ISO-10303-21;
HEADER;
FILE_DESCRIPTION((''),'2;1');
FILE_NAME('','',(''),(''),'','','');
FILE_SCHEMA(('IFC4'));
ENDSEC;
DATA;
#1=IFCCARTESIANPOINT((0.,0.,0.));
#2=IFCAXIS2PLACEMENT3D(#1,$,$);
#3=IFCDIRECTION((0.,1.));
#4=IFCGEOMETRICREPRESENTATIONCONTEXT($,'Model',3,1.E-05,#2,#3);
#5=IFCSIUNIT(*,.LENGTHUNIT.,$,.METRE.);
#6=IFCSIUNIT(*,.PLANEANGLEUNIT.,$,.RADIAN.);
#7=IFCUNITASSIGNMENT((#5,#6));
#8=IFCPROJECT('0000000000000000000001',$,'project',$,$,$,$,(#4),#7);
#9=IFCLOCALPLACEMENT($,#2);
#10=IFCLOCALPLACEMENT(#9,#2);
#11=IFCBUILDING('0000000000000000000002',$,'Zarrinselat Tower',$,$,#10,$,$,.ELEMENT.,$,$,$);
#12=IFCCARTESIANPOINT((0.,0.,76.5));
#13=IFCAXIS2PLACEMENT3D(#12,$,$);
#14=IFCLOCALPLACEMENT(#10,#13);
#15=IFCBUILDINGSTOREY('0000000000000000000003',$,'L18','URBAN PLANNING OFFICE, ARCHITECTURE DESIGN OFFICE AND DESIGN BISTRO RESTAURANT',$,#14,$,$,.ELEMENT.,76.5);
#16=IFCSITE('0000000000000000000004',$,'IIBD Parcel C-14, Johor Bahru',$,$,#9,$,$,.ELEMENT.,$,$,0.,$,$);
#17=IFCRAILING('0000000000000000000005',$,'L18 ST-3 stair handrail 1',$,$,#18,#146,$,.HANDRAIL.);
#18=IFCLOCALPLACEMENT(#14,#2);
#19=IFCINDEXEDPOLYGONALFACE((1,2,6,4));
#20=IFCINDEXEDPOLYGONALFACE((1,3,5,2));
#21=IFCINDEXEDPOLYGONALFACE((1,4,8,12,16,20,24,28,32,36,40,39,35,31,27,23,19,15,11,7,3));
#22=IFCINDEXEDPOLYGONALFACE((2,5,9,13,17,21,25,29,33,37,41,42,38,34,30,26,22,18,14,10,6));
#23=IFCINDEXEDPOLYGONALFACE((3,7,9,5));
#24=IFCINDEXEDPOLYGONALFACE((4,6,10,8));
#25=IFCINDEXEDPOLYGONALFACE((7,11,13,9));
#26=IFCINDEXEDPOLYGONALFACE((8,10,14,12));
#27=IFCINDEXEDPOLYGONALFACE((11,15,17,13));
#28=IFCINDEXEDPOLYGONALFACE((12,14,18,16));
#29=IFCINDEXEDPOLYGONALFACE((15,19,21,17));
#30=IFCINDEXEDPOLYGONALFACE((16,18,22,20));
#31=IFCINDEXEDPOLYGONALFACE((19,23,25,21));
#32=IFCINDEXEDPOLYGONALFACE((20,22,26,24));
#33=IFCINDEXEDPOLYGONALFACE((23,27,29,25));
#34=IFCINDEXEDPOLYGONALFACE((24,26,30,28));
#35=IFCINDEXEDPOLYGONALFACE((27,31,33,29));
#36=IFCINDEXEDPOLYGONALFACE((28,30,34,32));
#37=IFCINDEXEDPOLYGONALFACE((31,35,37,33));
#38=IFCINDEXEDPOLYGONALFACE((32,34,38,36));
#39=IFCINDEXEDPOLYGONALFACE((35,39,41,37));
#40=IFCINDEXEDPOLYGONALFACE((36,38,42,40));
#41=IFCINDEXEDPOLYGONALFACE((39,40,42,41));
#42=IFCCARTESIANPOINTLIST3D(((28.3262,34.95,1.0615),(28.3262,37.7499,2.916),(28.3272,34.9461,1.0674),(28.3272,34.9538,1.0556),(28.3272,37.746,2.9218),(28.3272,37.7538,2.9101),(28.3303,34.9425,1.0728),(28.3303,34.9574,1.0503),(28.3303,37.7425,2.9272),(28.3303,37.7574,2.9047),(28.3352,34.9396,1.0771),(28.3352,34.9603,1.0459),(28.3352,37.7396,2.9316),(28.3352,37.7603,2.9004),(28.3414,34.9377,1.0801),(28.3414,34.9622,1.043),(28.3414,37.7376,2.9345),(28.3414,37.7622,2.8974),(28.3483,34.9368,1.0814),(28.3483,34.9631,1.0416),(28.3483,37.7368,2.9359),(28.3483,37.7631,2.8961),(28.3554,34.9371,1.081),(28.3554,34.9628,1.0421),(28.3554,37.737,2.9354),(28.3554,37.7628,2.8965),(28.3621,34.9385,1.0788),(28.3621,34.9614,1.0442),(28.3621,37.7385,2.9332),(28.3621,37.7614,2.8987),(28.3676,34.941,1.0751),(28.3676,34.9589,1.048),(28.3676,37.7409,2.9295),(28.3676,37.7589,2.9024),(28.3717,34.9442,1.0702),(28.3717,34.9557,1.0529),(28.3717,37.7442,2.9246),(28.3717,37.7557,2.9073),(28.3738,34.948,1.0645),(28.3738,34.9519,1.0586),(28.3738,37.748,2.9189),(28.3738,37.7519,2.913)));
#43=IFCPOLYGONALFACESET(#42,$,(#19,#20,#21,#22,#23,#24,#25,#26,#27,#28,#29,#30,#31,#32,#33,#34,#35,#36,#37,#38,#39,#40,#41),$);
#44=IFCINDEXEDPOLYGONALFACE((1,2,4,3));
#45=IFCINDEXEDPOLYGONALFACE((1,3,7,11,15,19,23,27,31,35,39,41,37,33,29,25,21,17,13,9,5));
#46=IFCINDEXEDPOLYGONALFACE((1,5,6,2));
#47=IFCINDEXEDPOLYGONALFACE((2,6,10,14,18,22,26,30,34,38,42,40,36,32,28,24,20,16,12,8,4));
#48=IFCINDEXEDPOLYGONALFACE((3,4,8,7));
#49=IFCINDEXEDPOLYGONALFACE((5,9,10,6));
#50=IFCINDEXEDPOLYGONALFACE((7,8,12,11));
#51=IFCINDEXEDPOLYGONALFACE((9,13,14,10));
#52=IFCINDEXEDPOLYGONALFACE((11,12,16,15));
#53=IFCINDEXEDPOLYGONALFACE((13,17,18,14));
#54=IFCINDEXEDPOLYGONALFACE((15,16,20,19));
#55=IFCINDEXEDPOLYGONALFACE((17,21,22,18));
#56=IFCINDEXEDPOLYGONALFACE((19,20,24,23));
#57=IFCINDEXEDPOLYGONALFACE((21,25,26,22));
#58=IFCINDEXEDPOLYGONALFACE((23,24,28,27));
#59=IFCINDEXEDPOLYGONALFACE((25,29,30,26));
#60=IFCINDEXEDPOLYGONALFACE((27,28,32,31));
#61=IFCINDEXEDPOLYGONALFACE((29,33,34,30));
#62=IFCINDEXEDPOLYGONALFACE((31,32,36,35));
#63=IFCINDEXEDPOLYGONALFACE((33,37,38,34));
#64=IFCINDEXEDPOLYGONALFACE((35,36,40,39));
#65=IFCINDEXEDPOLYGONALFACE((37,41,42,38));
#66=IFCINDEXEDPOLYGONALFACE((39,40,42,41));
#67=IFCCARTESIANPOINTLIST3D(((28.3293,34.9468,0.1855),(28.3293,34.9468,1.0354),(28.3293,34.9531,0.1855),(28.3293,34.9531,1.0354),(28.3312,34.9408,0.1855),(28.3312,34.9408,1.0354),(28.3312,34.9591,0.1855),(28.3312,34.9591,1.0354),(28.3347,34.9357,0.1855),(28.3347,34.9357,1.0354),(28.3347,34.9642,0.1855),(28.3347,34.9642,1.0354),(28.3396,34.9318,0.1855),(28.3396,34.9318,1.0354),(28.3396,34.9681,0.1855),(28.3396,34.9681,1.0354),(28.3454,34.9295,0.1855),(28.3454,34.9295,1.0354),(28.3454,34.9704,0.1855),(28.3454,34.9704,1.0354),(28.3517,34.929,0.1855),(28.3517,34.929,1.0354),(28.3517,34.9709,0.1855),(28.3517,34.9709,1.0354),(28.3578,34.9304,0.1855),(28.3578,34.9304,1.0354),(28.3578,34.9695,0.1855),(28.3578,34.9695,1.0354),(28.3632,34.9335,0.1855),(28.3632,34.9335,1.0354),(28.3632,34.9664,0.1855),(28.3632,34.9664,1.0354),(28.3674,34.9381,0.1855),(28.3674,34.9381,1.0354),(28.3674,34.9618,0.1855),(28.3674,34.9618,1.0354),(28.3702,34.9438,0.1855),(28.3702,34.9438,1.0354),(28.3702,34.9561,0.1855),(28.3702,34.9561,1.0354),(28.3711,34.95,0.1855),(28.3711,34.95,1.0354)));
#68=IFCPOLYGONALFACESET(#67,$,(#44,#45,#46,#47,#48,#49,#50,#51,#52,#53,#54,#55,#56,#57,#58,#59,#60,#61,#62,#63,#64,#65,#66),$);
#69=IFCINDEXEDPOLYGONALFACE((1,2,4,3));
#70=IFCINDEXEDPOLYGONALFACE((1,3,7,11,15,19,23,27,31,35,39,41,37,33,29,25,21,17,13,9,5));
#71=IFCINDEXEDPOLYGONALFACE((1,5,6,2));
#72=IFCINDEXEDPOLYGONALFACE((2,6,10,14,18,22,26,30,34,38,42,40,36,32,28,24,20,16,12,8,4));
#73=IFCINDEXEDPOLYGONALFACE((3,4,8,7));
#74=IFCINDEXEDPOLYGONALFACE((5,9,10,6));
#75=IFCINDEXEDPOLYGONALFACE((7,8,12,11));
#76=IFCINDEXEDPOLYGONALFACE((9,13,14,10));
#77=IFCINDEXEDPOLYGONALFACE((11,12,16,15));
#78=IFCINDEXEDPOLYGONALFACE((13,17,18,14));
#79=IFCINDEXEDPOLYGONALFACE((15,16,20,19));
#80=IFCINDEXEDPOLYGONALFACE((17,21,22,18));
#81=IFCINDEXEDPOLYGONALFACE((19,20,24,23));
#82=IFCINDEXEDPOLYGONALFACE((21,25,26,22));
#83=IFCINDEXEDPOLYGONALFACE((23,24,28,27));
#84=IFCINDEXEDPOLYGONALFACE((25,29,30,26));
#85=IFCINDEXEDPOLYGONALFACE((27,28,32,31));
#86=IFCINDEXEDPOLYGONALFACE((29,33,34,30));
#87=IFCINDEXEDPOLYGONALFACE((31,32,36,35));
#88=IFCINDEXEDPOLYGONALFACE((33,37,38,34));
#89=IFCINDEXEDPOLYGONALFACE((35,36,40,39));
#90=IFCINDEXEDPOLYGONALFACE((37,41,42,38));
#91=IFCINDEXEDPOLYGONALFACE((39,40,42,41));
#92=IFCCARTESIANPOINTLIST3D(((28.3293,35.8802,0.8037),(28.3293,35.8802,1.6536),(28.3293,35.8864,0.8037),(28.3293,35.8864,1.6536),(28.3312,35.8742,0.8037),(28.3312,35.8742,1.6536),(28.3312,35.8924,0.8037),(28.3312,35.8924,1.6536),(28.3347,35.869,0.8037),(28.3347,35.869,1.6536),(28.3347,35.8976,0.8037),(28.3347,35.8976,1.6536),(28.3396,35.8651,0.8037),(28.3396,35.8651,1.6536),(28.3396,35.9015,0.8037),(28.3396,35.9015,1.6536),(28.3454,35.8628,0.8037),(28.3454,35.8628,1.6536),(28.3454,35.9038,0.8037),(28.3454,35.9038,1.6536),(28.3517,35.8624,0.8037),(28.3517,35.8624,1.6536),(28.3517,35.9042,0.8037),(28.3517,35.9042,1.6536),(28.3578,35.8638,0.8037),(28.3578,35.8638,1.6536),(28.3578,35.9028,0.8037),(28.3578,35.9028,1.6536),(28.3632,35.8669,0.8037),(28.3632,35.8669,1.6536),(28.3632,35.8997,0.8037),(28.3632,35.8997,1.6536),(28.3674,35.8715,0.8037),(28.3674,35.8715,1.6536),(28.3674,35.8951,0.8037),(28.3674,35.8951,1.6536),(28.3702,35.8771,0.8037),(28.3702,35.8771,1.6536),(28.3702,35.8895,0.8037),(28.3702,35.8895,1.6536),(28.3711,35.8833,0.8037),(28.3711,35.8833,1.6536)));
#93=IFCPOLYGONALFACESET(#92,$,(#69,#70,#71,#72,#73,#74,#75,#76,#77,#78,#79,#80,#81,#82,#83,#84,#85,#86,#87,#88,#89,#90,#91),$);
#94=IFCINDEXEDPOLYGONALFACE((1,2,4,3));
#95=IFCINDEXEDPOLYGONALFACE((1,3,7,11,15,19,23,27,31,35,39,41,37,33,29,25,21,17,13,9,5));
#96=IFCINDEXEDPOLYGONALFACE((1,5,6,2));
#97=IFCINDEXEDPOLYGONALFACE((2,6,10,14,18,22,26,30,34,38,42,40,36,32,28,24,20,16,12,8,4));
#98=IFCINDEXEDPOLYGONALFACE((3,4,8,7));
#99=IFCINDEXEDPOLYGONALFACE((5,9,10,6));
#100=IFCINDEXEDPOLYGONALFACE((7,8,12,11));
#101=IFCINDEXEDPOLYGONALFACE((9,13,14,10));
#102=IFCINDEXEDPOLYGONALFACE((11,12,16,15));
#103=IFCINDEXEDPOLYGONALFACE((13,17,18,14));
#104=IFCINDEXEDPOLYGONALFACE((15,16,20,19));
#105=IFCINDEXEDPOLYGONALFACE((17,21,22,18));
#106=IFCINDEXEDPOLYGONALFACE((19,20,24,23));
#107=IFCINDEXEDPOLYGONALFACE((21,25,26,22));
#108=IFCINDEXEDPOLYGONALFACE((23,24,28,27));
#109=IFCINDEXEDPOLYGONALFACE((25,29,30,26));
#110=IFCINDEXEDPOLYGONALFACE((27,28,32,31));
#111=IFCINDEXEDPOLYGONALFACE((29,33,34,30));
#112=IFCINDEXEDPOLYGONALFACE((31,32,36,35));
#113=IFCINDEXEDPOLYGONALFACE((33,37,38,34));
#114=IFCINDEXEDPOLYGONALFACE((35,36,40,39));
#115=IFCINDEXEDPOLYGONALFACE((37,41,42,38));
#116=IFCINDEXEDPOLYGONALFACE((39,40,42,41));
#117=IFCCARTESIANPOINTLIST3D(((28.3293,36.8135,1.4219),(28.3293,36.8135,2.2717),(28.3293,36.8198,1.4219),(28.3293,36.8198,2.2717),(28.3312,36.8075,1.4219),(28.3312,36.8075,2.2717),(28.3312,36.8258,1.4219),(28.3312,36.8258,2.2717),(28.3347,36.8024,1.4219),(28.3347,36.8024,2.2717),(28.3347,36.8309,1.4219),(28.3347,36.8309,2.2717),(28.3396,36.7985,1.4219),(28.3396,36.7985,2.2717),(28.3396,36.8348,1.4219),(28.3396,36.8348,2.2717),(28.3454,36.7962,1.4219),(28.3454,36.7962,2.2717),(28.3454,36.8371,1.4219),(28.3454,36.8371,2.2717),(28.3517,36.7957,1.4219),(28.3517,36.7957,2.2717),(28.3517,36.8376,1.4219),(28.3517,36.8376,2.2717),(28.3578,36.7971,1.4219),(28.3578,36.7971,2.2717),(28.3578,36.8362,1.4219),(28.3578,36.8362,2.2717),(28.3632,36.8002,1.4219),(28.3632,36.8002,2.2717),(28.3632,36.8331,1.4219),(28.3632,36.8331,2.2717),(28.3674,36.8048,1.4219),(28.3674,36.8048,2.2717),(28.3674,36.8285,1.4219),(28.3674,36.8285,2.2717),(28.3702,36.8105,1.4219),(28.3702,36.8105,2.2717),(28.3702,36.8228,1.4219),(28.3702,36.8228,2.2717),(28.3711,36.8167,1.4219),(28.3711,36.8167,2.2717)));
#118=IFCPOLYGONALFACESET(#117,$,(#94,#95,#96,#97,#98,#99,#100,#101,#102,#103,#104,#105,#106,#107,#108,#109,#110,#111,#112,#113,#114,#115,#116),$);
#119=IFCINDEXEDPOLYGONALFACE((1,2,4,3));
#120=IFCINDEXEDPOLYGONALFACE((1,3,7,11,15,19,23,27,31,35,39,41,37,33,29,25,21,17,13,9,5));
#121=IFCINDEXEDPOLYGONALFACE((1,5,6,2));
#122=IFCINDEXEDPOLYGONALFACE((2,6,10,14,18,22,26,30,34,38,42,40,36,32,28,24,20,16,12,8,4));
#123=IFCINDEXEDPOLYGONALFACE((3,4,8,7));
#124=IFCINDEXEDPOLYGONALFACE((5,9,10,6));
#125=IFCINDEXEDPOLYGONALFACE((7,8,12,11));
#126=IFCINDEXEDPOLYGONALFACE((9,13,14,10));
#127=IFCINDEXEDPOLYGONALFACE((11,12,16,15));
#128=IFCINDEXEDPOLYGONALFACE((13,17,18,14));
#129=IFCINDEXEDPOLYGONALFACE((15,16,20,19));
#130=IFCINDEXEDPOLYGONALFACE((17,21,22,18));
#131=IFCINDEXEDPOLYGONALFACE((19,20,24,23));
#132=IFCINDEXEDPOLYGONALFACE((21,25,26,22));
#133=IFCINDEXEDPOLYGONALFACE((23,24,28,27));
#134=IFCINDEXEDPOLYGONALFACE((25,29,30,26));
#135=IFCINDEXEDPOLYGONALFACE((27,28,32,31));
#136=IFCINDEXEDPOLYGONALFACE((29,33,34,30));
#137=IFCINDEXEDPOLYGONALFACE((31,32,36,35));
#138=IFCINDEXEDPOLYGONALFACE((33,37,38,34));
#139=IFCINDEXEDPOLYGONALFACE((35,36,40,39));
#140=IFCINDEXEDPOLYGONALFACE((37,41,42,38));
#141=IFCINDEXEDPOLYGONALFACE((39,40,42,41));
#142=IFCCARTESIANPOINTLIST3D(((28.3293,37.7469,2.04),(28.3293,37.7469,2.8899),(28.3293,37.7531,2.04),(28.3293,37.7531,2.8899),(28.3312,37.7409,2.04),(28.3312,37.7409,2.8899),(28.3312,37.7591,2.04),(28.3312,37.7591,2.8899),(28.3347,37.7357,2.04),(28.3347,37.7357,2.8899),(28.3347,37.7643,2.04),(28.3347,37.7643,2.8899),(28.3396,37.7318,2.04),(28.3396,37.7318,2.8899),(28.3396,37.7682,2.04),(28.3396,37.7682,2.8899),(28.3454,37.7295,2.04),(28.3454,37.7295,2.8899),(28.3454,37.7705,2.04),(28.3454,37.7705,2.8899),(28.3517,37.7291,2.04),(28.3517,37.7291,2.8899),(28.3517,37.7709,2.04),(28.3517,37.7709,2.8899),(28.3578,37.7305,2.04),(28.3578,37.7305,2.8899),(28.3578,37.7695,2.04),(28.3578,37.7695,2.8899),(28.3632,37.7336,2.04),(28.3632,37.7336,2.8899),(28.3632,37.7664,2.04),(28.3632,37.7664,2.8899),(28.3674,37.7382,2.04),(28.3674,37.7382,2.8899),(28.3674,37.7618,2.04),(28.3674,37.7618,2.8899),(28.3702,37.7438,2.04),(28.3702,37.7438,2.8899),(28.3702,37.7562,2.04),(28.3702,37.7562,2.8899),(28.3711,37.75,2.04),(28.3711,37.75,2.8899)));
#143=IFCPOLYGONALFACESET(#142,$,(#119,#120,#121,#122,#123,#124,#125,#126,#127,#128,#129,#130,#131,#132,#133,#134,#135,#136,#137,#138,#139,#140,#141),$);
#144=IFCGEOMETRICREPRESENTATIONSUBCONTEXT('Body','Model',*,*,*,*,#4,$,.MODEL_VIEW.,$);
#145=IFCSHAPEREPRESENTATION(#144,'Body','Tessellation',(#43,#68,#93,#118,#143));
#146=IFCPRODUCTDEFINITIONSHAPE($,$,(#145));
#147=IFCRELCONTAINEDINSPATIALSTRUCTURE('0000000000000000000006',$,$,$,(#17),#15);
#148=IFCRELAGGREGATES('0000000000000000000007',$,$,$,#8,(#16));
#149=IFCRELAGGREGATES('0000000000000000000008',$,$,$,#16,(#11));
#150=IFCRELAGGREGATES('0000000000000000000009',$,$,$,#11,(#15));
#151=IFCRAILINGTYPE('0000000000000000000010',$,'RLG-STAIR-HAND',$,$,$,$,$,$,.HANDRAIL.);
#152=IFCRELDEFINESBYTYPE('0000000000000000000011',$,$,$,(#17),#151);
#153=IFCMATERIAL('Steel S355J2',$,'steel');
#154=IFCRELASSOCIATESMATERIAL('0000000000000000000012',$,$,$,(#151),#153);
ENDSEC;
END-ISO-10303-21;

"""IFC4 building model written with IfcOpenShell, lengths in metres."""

from ifc_helpers import new_model, si_unit, direction, frame, origin, origin_2d, place, context, subcontext, project, spatial, circle, extrude, material, type_object, element, save


model = new_model("IFC4")

# Units and contexts
model_context = context("Model", 3, precision=1e-05, world=origin(), true_north=direction((0.0, 1.0)))
body_context = subcontext(model_context, "Body", "Model", "MODEL_VIEW")
ifc_project = project(units=[si_unit("LENGTHUNIT", "METRE"), si_unit("PLANEANGLEUNIT", "RADIAN")], contexts=[model_context])

# Site, building, storey
site_placement = place(None, origin())
site = spatial("IfcSite", under=ifc_project, at=site_placement, Name="IIBD Parcel C-14, Johor Bahru", CompositionType="ELEMENT", RefElevation=0.0)
building_placement = place(site_placement, origin())
building = spatial("IfcBuilding", under=site, at=building_placement, Name="Zarrinselat Tower", CompositionType="ELEMENT")
storey_placement = place(building_placement, frame((0.0, 0.0, 76.5)))
storey = spatial("IfcBuildingStorey", under=building, at=storey_placement, Name="L18", Description="URBAN PLANNING OFFICE, ARCHITECTURE DESIGN OFFICE AND DESIGN BISTRO RESTAURANT", CompositionType="ELEMENT", Elevation=76.5)

# Railing
ifc_material_1 = material(Name="Steel S355J2", Category="steel")
railing_type_1 = type_object("IfcRailingType", Name="RLG-STAIR-HAND", PredefinedType="HANDRAIL", material=ifc_material_1)
railing_1_placement = place(storey_placement, frame((28.3501, 34.95, 0.1855)))
element("IfcRailing", 1, at=railing_1_placement, inside=storey, type_object=railing_type_1, Name="L18 ST-3 stair handrail 1", PredefinedType="HANDRAIL", context=body_context, shape_type="SweptSolid", body=[
    extrude(circle(Radius=0.0239, at=origin_2d()), frame((0.0, 0.0, 0.876), z_axis=(0.0, 0.833724, 0.552181), x_axis=(-1.0, 0.0, 0.0)), (0.0, 0.0, 1.0), 3.3584),
    extrude(circle(Radius=0.021, at=origin_2d()), origin(), (0.0, 0.0, 1.0), 0.8499),
    extrude(circle(Radius=0.021, at=origin_2d()), frame((0.0, 0.9333, 0.6182)), (0.0, 0.0, 1.0), 0.8499),
    extrude(circle(Radius=0.021, at=origin_2d()), frame((0.0, 1.8667, 1.2363)), (0.0, 0.0, 1.0), 0.8499),
    extrude(circle(Radius=0.021, at=origin_2d()), frame((0.0, 2.8, 1.8545)), (0.0, 0.0, 1.0), 0.8499),
])

save(model, "model.ifc")
